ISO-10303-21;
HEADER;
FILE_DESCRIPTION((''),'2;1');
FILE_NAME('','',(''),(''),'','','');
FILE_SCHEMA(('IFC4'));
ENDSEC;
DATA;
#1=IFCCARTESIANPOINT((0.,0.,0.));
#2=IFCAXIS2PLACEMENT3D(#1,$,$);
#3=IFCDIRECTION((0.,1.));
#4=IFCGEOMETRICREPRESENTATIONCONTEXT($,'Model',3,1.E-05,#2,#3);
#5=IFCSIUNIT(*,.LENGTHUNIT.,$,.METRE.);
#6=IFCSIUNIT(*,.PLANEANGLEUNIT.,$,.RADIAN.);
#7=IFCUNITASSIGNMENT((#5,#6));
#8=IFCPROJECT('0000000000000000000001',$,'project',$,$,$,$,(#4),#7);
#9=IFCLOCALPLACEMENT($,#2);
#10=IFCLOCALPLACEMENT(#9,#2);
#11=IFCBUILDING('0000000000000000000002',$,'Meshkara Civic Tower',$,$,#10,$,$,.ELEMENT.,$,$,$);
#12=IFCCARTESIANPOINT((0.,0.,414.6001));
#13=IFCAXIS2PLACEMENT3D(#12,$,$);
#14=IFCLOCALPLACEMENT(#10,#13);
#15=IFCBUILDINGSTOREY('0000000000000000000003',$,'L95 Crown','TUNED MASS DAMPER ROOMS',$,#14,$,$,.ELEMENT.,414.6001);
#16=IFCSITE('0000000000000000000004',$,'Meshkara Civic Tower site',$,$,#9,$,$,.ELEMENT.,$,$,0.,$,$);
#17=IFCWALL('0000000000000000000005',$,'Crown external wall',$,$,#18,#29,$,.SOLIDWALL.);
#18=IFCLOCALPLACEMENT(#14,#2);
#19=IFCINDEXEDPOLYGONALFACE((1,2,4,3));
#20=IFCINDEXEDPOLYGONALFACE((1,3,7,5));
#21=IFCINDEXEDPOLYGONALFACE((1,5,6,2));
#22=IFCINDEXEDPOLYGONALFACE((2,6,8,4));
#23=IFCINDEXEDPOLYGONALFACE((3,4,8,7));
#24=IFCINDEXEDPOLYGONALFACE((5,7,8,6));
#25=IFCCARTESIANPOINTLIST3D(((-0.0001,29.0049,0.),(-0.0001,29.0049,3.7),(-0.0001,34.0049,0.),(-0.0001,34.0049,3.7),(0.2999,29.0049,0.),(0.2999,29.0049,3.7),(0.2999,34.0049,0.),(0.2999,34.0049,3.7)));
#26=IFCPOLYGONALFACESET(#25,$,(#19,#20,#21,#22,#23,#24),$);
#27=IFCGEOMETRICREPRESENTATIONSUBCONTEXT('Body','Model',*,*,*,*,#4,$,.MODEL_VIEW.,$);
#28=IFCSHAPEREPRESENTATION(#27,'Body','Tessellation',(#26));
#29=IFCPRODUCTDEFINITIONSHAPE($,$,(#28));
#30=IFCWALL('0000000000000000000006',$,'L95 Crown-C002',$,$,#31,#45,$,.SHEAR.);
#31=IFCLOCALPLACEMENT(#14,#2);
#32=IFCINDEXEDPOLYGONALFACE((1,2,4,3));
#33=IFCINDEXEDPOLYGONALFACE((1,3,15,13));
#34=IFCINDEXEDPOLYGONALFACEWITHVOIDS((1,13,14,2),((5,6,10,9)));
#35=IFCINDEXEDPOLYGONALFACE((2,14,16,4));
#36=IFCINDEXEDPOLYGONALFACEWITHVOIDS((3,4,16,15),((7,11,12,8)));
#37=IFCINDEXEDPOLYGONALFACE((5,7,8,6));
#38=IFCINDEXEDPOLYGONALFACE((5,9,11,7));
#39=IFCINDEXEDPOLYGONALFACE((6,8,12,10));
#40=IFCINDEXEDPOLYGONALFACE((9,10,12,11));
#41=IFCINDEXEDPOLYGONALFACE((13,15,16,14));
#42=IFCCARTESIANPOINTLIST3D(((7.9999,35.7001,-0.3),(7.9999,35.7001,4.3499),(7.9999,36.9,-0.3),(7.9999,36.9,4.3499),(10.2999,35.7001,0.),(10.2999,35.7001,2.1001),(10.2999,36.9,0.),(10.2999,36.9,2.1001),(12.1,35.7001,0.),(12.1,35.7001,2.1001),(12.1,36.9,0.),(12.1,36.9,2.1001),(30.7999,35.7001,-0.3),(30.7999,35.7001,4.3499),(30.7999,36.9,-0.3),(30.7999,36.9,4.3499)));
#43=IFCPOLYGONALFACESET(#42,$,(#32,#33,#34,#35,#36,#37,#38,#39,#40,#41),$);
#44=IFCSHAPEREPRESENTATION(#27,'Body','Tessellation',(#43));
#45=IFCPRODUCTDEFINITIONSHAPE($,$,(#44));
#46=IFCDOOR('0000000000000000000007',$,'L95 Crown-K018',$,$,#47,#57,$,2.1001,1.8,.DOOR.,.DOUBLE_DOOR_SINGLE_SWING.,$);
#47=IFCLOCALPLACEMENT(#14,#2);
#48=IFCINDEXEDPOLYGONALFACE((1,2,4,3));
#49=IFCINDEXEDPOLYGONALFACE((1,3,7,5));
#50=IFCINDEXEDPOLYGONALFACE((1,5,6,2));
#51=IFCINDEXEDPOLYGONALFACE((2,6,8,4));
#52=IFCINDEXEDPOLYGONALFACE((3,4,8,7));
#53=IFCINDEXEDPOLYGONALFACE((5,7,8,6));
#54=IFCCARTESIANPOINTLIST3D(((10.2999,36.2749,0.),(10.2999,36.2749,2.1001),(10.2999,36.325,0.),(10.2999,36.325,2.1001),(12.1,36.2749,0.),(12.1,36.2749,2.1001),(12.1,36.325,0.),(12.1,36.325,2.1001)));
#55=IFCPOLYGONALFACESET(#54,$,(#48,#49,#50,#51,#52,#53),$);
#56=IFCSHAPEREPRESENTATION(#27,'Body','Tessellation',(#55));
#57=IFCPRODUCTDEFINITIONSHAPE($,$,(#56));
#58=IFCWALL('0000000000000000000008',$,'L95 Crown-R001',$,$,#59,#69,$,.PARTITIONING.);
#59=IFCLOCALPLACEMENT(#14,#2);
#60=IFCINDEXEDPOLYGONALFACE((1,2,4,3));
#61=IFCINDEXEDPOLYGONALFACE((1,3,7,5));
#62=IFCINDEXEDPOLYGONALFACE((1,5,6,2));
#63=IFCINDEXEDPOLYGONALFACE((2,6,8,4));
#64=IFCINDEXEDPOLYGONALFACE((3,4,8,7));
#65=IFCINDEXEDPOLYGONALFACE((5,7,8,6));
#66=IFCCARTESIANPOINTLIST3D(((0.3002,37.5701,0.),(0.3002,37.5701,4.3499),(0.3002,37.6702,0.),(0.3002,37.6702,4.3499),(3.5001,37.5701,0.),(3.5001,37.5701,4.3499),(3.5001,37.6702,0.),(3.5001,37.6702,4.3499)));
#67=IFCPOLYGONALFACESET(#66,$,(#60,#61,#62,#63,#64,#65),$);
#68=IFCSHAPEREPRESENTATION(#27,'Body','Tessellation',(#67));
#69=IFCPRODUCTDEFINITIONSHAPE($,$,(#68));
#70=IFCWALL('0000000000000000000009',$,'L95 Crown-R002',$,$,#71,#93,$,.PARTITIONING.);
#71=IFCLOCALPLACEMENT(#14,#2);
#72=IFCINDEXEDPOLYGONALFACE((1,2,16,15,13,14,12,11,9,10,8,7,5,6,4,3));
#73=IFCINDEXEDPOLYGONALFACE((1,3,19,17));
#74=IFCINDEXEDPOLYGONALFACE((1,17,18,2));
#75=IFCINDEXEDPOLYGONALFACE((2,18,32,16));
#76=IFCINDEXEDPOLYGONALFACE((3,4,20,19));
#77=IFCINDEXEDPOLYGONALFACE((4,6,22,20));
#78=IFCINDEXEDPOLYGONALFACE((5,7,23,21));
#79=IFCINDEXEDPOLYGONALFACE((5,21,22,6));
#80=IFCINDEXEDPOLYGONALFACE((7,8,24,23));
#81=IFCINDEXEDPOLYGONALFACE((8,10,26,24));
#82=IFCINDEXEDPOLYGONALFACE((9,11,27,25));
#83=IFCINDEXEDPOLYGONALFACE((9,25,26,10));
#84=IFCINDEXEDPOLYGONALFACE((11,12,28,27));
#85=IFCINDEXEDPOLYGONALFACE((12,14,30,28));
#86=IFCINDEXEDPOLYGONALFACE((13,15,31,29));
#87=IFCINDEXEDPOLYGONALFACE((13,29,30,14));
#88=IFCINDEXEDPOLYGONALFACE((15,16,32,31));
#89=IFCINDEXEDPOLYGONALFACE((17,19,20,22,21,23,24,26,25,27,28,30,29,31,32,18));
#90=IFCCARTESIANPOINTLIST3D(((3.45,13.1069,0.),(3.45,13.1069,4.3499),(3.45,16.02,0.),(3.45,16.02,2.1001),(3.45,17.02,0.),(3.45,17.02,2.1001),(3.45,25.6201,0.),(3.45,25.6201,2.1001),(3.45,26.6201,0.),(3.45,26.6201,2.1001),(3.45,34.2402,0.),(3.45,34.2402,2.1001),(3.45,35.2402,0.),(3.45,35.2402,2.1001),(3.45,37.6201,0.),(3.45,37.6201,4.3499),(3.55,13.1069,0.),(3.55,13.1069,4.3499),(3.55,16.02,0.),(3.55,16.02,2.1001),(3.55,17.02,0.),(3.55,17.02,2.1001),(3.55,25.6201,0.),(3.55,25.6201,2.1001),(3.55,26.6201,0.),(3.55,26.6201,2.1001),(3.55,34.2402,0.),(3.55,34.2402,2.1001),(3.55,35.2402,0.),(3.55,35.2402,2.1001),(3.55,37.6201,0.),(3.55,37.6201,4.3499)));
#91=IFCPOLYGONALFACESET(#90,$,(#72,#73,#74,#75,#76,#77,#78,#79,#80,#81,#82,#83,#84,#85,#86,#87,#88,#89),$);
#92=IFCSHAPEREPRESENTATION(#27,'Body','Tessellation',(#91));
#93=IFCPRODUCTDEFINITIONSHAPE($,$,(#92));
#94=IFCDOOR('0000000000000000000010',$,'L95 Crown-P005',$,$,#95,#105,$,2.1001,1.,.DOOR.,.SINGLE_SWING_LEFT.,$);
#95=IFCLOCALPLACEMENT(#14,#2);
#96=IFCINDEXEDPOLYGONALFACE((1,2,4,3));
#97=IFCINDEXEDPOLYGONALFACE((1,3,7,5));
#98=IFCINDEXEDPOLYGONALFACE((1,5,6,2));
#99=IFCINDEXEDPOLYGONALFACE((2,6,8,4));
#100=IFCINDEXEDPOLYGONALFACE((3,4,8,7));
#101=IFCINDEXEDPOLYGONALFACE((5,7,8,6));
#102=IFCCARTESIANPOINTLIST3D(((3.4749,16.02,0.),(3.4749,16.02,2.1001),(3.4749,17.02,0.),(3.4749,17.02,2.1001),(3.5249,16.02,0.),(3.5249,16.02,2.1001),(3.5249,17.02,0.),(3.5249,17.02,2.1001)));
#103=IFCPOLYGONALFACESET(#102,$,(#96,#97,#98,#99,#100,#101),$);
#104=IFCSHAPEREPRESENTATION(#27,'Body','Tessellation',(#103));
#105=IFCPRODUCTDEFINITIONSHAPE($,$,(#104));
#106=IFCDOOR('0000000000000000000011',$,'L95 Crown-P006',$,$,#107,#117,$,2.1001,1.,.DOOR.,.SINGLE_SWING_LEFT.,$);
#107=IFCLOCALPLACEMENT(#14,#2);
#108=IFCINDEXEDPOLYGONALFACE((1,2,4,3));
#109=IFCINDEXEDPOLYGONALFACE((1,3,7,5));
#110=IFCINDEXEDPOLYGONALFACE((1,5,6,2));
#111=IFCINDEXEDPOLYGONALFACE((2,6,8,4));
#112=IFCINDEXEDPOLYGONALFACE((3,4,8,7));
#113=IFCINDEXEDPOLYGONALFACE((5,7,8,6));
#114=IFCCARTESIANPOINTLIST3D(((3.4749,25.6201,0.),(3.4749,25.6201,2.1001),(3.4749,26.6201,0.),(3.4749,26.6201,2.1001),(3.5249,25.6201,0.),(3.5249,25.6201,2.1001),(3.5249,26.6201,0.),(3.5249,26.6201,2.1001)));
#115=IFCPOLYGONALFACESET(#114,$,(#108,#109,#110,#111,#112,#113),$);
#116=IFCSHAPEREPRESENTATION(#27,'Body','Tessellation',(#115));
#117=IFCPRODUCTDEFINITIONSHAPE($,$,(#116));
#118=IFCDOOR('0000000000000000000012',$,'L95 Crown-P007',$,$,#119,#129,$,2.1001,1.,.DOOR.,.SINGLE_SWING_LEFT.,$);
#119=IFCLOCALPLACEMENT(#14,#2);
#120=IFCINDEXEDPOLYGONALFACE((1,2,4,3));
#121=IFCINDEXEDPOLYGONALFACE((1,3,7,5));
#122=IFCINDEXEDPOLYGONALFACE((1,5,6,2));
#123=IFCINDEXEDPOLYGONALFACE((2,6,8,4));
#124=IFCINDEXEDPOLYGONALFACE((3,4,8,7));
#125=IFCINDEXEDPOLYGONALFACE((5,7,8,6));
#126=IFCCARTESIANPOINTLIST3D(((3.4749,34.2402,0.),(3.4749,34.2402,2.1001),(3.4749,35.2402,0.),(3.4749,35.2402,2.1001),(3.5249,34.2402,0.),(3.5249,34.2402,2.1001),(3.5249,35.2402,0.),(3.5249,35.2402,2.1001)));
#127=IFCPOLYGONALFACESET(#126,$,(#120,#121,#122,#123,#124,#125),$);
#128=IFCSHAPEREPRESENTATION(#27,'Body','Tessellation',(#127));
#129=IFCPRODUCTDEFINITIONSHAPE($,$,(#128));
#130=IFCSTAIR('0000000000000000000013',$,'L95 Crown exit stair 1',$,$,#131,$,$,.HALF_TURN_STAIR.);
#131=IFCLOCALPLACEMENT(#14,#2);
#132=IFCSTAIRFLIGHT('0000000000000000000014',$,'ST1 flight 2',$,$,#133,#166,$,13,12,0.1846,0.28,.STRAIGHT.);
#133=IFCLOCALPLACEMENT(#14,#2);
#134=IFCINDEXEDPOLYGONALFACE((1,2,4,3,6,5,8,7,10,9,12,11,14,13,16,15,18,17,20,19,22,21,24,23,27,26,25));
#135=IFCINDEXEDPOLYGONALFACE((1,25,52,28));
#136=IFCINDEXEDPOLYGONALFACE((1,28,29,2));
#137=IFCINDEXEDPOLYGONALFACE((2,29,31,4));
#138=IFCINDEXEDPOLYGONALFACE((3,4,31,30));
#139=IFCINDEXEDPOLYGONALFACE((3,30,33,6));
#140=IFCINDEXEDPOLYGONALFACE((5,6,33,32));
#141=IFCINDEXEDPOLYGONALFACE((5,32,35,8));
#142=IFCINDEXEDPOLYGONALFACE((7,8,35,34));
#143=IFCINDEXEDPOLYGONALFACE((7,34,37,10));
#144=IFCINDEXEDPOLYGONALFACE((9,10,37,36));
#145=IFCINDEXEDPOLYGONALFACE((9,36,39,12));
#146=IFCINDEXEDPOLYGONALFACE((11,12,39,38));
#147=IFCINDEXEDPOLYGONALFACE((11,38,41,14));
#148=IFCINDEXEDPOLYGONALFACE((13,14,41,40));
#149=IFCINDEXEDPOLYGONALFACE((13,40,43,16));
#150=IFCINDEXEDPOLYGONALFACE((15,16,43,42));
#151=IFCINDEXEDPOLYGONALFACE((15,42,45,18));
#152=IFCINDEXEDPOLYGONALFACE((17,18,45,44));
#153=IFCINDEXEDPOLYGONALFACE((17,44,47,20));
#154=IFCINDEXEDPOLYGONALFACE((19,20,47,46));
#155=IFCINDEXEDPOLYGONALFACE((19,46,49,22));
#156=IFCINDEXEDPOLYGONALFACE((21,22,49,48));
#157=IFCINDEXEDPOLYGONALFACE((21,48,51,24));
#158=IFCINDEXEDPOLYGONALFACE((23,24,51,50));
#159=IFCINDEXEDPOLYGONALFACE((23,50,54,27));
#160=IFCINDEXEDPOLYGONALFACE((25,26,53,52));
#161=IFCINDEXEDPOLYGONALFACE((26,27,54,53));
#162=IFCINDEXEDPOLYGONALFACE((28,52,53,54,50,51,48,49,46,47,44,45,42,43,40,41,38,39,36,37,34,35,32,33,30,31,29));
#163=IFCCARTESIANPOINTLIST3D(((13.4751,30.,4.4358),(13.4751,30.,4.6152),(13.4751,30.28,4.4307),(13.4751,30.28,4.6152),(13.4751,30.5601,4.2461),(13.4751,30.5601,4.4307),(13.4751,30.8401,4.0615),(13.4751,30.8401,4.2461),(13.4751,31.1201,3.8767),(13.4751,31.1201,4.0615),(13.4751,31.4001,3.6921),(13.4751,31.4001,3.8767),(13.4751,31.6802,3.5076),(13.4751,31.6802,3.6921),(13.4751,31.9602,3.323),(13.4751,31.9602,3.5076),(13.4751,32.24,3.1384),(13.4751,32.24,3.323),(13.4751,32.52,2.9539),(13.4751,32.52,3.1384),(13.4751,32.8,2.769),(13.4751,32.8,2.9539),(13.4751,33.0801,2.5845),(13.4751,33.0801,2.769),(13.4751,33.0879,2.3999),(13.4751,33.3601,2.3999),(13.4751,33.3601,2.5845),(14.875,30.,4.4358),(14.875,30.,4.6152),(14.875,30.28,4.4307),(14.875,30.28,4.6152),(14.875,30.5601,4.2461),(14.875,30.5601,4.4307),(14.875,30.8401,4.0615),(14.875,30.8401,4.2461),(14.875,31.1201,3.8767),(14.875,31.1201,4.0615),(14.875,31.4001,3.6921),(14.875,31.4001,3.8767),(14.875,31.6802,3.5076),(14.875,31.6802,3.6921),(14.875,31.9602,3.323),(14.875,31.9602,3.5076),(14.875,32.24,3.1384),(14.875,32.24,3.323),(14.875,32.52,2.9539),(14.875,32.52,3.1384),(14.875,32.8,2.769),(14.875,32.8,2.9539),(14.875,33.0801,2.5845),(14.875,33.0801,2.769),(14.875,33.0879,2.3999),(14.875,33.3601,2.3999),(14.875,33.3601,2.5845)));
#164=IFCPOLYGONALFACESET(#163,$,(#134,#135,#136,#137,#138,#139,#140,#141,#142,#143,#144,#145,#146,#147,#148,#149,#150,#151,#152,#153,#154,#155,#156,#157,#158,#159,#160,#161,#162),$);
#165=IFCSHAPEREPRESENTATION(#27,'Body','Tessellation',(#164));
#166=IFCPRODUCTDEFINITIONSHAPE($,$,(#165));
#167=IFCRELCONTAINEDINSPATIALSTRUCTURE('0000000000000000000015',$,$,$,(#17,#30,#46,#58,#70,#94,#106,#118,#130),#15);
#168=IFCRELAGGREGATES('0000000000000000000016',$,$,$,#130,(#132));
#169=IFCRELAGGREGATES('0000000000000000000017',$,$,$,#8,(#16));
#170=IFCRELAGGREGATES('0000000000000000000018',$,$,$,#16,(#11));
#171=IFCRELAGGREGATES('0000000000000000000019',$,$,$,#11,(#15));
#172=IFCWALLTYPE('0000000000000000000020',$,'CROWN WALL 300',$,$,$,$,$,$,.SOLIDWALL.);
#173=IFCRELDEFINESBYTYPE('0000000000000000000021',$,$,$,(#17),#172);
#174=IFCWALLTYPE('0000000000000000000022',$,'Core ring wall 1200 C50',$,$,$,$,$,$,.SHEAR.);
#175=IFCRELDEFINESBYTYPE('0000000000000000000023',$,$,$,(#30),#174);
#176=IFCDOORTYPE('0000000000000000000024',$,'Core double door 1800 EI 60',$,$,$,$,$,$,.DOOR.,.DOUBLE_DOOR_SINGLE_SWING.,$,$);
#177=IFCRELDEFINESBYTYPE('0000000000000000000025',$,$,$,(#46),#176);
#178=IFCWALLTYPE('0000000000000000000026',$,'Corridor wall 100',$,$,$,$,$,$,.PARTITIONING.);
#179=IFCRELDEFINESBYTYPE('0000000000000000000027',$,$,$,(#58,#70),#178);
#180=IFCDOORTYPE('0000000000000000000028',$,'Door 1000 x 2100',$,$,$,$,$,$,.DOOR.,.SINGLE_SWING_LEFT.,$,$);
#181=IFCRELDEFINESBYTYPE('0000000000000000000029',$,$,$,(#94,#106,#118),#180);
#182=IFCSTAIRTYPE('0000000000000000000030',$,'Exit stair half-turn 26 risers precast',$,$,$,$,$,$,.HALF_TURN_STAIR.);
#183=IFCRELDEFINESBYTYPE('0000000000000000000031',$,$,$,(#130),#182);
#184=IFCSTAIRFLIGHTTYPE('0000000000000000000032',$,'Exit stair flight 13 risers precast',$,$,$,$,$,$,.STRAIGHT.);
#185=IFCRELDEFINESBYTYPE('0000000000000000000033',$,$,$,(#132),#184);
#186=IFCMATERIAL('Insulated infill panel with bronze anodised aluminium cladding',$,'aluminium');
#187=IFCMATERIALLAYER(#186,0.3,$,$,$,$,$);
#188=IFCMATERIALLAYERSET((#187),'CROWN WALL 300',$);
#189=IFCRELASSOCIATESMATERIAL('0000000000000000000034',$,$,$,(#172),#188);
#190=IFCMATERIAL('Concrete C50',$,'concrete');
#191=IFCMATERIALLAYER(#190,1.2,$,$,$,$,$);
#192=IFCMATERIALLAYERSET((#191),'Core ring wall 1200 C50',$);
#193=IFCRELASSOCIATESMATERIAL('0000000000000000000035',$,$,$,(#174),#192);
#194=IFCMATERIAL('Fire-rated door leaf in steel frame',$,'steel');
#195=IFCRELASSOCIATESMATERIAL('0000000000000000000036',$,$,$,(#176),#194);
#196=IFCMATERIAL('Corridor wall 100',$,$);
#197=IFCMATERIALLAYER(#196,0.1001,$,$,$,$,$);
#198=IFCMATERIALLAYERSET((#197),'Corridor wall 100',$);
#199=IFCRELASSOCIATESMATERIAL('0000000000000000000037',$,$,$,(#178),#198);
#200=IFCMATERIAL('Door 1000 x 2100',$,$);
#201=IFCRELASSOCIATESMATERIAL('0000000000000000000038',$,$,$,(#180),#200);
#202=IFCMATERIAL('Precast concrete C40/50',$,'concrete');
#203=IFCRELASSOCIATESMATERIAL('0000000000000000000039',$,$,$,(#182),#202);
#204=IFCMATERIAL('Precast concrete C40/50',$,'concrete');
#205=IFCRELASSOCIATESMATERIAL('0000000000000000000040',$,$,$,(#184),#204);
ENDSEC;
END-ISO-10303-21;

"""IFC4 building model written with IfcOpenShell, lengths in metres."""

from ifc_helpers import new_model, si_unit, direction, frame, frame_2d, origin, place, context, subcontext, project, spatial, polyline, rectangle, outline, extrude, material, layer, layer_set, type_object, element, fill, aggregate, save


model = new_model("IFC4")

# Units and contexts
model_context = context("Model", 3, precision=1e-05, world=origin(), true_north=direction((0.0, 1.0)))
body_context = subcontext(model_context, "Body", "Model", "MODEL_VIEW")
ifc_project = project(units=[si_unit("LENGTHUNIT", "METRE"), si_unit("PLANEANGLEUNIT", "RADIAN")], contexts=[model_context])

# Site, building, storey
site_placement = place(None, origin())
site = spatial("IfcSite", under=ifc_project, at=site_placement, Name="Meshkara Civic Tower site", CompositionType="ELEMENT", RefElevation=0.0)
building_placement = place(site_placement, origin())
building = spatial("IfcBuilding", under=site, at=building_placement, Name="Meshkara Civic Tower", CompositionType="ELEMENT")
storey_placement = place(building_placement, frame((0.0, 0.0, 414.6001)))
storey = spatial("IfcBuildingStorey", under=building, at=storey_placement, Name="L95 Crown", Description="TUNED MASS DAMPER ROOMS", CompositionType="ELEMENT", Elevation=414.6001)

# Wall
ifc_material_1 = material(Name="Insulated infill panel with bronze anodised aluminium cladding", Category="aluminium")
ifc_layer_1 = layer(ifc_material_1, 0.3)
ifc_layer_set_1 = layer_set([ifc_layer_1], Name="CROWN WALL 300")
wall_type_1 = type_object("IfcWallType", Name="CROWN WALL 300", PredefinedType="SOLIDWALL", material=ifc_layer_set_1)
wall_1_placement = place(storey_placement, frame((0.1499, 34.0049, 0.0), z_axis=(0.0, 0.0, 1.0), x_axis=(0.0, -1.0, 0.0)))
element("IfcWall", 1, at=wall_1_placement, inside=storey, type_object=wall_type_1, Name="Crown external wall", PredefinedType="SOLIDWALL", context=body_context, shape_type="SweptSolid", body=[
    extrude(rectangle(XDim=5.0, YDim=0.3, at=frame_2d((2.5, 0.0))), origin(), (0.0, 0.0, 1.0), 3.7),
])

# Wall, opening, door
ifc_material_2 = material(Name="Concrete C50", Category="concrete")
ifc_layer_2 = layer(ifc_material_2, 1.2)
ifc_layer_set_2 = layer_set([ifc_layer_2], Name="Core ring wall 1200 C50")
wall_type_2 = type_object("IfcWallType", Name="Core ring wall 1200 C50", PredefinedType="SHEAR", material=ifc_layer_set_2)
wall_2_placement = place(storey_placement, frame((8.0, 36.3, -0.3), z_axis=(0.0, 0.0, 1.0), x_axis=(1.0, 0.0, 0.0)))
wall_2 = element("IfcWall", 2, at=wall_2_placement, inside=storey, type_object=wall_type_2, Name="L95 Crown-C002", PredefinedType="SHEAR", context=body_context, shape_type="SweptSolid", body=[
    extrude(rectangle(XDim=22.8, YDim=1.2, at=frame_2d((11.3999, 0.0))), origin(), (0.0, 0.0, 1.0), 4.6499),
])
opening_1_placement = place(wall_2_placement, frame((2.3, 0.0, 0.3)))
opening_1 = element("IfcOpeningElement", 3, at=opening_1_placement, cuts=wall_2, PredefinedType="OPENING", context=body_context, shape_type="SweptSolid", body=[
    extrude(rectangle(XDim=1.8, YDim=2.1001, at=frame_2d((0.8999, 1.05))), frame((0.0, 0.6099, 0.0), z_axis=(0.0, -1.0, 0.0), x_axis=(1.0, 0.0, 0.0)), (0.0, 0.0, 1.0), 1.22),
])
ifc_material_3 = material(Name="Fire-rated door leaf in steel frame", Category="steel")
door_type_1 = type_object("IfcDoorType", Name="Core double door 1800 EI 60", OperationType="DOUBLE_DOOR_SINGLE_SWING", PredefinedType="DOOR", material=ifc_material_3)
door_1_placement = place(opening_1_placement, origin())
door_1 = element("IfcDoor", 4, at=door_1_placement, inside=storey, type_object=door_type_1, Name="L95 Crown-K018", OperationType="DOUBLE_DOOR_SINGLE_SWING", OverallHeight=2.1001, OverallWidth=1.8, PredefinedType="DOOR", context=body_context, shape_type="SweptSolid", body=[
    extrude(rectangle(XDim=1.8, YDim=2.1001, at=frame_2d((0.8999, 1.05))), frame((0.0, 0.0249, 0.0), z_axis=(0.0, -1.0, 0.0), x_axis=(1.0, 0.0, 0.0)), (0.0, 0.0, 1.0), 0.05),
])
fill(opening_1, door_1)

# Wall
ifc_material_4 = material(Name="Corridor wall 100")
ifc_layer_3 = layer(ifc_material_4, 0.1001)
ifc_layer_set_3 = layer_set([ifc_layer_3], Name="Corridor wall 100")
wall_type_3 = type_object("IfcWallType", Name="Corridor wall 100", PredefinedType="PARTITIONING", material=ifc_layer_set_3)
wall_3_placement = place(storey_placement, frame((0.3, 37.6201, 0.0), z_axis=(0.0, 0.0, 1.0), x_axis=(1.0, 0.0, 0.0)))
element("IfcWall", 5, at=wall_3_placement, inside=storey, type_object=wall_type_3, Name="L95 Crown-R001", PredefinedType="PARTITIONING", context=body_context, shape_type="SweptSolid", body=[
    extrude(rectangle(XDim=3.2, YDim=0.1001, at=frame_2d((1.6001, 0.0))), origin(), (0.0, 0.0, 1.0), 4.3499),
])

# Wall, openings, doors
wall_4_placement = place(storey_placement, frame((3.5, 37.6201, 0.0), z_axis=(0.0, 0.0, 1.0), x_axis=(0.0, -1.0, 0.0)))
wall_4 = element("IfcWall", 6, at=wall_4_placement, inside=storey, type_object=wall_type_3, Name="L95 Crown-R002", PredefinedType="PARTITIONING", context=body_context, shape_type="SweptSolid", body=[
    extrude(rectangle(XDim=24.5132, YDim=0.1001, at=frame_2d((12.2566, 0.0))), origin(), (0.0, 0.0, 1.0), 4.3499),
])
opening_2_placement = place(wall_4_placement, frame((20.6001, 0.0, 0.0)))
opening_2 = element("IfcOpeningElement", 7, at=opening_2_placement, cuts=wall_4, PredefinedType="OPENING", context=body_context, shape_type="SweptSolid", body=[
    extrude(rectangle(XDim=1.0, YDim=2.1001, at=frame_2d((0.5, 1.05))), frame((0.0, 0.0601, 0.0), z_axis=(0.0, -1.0, 0.0), x_axis=(1.0, 0.0, 0.0)), (0.0, 0.0, 1.0), 0.1201),
])
opening_3_placement = place(wall_4_placement, frame((11.0, 0.0, 0.0)))
opening_3 = element("IfcOpeningElement", 8, at=opening_3_placement, cuts=wall_4, PredefinedType="OPENING", context=body_context, shape_type="SweptSolid", body=[
    extrude(rectangle(XDim=1.0, YDim=2.1001, at=frame_2d((0.5, 1.05))), frame((0.0, 0.0601, 0.0), z_axis=(0.0, -1.0, 0.0), x_axis=(1.0, 0.0, 0.0)), (0.0, 0.0, 1.0), 0.1201),
])
opening_4_placement = place(wall_4_placement, frame((2.3799, 0.0, 0.0)))
opening_4 = element("IfcOpeningElement", 9, at=opening_4_placement, cuts=wall_4, PredefinedType="OPENING", context=body_context, shape_type="SweptSolid", body=[
    extrude(rectangle(XDim=1.0, YDim=2.1001, at=frame_2d((0.5, 1.05))), frame((0.0, 0.0601, 0.0), z_axis=(0.0, -1.0, 0.0), x_axis=(1.0, 0.0, 0.0)), (0.0, 0.0, 1.0), 0.1201),
])
ifc_material_5 = material(Name="Door 1000 x 2100")
door_type_2 = type_object("IfcDoorType", Name="Door 1000 x 2100", OperationType="SINGLE_SWING_LEFT", PredefinedType="DOOR", material=ifc_material_5)
door_2_placement = place(opening_2_placement, origin())
door_2 = element("IfcDoor", 10, at=door_2_placement, inside=storey, type_object=door_type_2, Name="L95 Crown-P005", OperationType="SINGLE_SWING_LEFT", OverallHeight=2.1001, OverallWidth=1.0, PredefinedType="DOOR", context=body_context, shape_type="SweptSolid", body=[
    extrude(rectangle(XDim=1.0, YDim=2.1001, at=frame_2d((0.5, 1.05))), frame((0.0, 0.0249, 0.0), z_axis=(0.0, -1.0, 0.0), x_axis=(1.0, 0.0, 0.0)), (0.0, 0.0, 1.0), 0.05),
])
fill(opening_2, door_2)
door_3_placement = place(opening_3_placement, origin())
door_3 = element("IfcDoor", 11, at=door_3_placement, inside=storey, type_object=door_type_2, Name="L95 Crown-P006", OperationType="SINGLE_SWING_LEFT", OverallHeight=2.1001, OverallWidth=1.0, PredefinedType="DOOR", context=body_context, shape_type="SweptSolid", body=[
    extrude(rectangle(XDim=1.0, YDim=2.1001, at=frame_2d((0.5, 1.05))), frame((0.0, 0.0249, 0.0), z_axis=(0.0, -1.0, 0.0), x_axis=(1.0, 0.0, 0.0)), (0.0, 0.0, 1.0), 0.05),
])
fill(opening_3, door_3)
door_4_placement = place(opening_4_placement, origin())
door_4 = element("IfcDoor", 12, at=door_4_placement, inside=storey, type_object=door_type_2, Name="L95 Crown-P007", OperationType="SINGLE_SWING_LEFT", OverallHeight=2.1001, OverallWidth=1.0, PredefinedType="DOOR", context=body_context, shape_type="SweptSolid", body=[
    extrude(rectangle(XDim=1.0, YDim=2.1001, at=frame_2d((0.5, 1.05))), frame((0.0, 0.0249, 0.0), z_axis=(0.0, -1.0, 0.0), x_axis=(1.0, 0.0, 0.0)), (0.0, 0.0, 1.0), 0.05),
])
fill(opening_4, door_4)

# Stair, stair flight
ifc_material_6 = material(Name="Precast concrete C40/50", Category="concrete")
stair_type = type_object("IfcStairType", Name="Exit stair half-turn 26 risers precast", PredefinedType="HALF_TURN_STAIR", material=ifc_material_6)
stair_placement = place(storey_placement, origin())
stair = element("IfcStair", 13, at=stair_placement, inside=storey, type_object=stair_type, Name="L95 Crown exit stair 1", PredefinedType="HALF_TURN_STAIR")
ifc_material_7 = material(Name="Precast concrete C40/50", Category="concrete")
stair_flight_type = type_object("IfcStairFlightType", Name="Exit stair flight 13 risers precast", PredefinedType="STRAIGHT", material=ifc_material_7)
stair_flight_placement = place(storey_placement, frame((14.175, 33.3601, 2.3999), z_axis=(0.0, 0.0, 1.0), x_axis=(0.0, -1.0, 0.0)))
stair_flight = element("IfcStairFlight", 14, at=stair_flight_placement, type_object=stair_flight_type, Name="ST1 flight 2", NumberOfRisers=13, NumberOfTreads=12, PredefinedType="STRAIGHT", RiserHeight=0.1846, TreadLength=0.28, context=body_context, shape_type="SweptSolid", body=[
    extrude(outline(polyline([(0.0, 0.0), (0.0, 0.1846), (0.28, 0.1846), (0.28, 0.3691), (0.5601, 0.3691), (0.5601, 0.554), (0.8401, 0.554), (0.8401, 0.7385), (1.1201, 0.7385), (1.1201, 0.9231), (1.3999, 0.9231), (1.3999, 1.1077), (1.6799, 1.1077), (1.6799, 1.2922), (1.96, 1.2922), (1.96, 1.4768), (2.24, 1.4768), (2.24, 1.6616), (2.52, 1.6616), (2.52, 1.8462), (2.8, 1.8462), (2.8, 2.0308), (3.0801, 2.0308), (3.0801, 2.2153), (3.3601, 2.2153), (3.3601, 2.3999), (3.3601, 2.0359), (0.2722, 0.0), (0.0, 0.0)])), frame((0.0, 0.7, 0.0), z_axis=(0.0, -1.0, 0.0), x_axis=(1.0, 0.0, 0.0)), (0.0, 0.0, 1.0), 1.3999),
])
aggregate(stair, [stair_flight])

save(model, "model.ifc")
